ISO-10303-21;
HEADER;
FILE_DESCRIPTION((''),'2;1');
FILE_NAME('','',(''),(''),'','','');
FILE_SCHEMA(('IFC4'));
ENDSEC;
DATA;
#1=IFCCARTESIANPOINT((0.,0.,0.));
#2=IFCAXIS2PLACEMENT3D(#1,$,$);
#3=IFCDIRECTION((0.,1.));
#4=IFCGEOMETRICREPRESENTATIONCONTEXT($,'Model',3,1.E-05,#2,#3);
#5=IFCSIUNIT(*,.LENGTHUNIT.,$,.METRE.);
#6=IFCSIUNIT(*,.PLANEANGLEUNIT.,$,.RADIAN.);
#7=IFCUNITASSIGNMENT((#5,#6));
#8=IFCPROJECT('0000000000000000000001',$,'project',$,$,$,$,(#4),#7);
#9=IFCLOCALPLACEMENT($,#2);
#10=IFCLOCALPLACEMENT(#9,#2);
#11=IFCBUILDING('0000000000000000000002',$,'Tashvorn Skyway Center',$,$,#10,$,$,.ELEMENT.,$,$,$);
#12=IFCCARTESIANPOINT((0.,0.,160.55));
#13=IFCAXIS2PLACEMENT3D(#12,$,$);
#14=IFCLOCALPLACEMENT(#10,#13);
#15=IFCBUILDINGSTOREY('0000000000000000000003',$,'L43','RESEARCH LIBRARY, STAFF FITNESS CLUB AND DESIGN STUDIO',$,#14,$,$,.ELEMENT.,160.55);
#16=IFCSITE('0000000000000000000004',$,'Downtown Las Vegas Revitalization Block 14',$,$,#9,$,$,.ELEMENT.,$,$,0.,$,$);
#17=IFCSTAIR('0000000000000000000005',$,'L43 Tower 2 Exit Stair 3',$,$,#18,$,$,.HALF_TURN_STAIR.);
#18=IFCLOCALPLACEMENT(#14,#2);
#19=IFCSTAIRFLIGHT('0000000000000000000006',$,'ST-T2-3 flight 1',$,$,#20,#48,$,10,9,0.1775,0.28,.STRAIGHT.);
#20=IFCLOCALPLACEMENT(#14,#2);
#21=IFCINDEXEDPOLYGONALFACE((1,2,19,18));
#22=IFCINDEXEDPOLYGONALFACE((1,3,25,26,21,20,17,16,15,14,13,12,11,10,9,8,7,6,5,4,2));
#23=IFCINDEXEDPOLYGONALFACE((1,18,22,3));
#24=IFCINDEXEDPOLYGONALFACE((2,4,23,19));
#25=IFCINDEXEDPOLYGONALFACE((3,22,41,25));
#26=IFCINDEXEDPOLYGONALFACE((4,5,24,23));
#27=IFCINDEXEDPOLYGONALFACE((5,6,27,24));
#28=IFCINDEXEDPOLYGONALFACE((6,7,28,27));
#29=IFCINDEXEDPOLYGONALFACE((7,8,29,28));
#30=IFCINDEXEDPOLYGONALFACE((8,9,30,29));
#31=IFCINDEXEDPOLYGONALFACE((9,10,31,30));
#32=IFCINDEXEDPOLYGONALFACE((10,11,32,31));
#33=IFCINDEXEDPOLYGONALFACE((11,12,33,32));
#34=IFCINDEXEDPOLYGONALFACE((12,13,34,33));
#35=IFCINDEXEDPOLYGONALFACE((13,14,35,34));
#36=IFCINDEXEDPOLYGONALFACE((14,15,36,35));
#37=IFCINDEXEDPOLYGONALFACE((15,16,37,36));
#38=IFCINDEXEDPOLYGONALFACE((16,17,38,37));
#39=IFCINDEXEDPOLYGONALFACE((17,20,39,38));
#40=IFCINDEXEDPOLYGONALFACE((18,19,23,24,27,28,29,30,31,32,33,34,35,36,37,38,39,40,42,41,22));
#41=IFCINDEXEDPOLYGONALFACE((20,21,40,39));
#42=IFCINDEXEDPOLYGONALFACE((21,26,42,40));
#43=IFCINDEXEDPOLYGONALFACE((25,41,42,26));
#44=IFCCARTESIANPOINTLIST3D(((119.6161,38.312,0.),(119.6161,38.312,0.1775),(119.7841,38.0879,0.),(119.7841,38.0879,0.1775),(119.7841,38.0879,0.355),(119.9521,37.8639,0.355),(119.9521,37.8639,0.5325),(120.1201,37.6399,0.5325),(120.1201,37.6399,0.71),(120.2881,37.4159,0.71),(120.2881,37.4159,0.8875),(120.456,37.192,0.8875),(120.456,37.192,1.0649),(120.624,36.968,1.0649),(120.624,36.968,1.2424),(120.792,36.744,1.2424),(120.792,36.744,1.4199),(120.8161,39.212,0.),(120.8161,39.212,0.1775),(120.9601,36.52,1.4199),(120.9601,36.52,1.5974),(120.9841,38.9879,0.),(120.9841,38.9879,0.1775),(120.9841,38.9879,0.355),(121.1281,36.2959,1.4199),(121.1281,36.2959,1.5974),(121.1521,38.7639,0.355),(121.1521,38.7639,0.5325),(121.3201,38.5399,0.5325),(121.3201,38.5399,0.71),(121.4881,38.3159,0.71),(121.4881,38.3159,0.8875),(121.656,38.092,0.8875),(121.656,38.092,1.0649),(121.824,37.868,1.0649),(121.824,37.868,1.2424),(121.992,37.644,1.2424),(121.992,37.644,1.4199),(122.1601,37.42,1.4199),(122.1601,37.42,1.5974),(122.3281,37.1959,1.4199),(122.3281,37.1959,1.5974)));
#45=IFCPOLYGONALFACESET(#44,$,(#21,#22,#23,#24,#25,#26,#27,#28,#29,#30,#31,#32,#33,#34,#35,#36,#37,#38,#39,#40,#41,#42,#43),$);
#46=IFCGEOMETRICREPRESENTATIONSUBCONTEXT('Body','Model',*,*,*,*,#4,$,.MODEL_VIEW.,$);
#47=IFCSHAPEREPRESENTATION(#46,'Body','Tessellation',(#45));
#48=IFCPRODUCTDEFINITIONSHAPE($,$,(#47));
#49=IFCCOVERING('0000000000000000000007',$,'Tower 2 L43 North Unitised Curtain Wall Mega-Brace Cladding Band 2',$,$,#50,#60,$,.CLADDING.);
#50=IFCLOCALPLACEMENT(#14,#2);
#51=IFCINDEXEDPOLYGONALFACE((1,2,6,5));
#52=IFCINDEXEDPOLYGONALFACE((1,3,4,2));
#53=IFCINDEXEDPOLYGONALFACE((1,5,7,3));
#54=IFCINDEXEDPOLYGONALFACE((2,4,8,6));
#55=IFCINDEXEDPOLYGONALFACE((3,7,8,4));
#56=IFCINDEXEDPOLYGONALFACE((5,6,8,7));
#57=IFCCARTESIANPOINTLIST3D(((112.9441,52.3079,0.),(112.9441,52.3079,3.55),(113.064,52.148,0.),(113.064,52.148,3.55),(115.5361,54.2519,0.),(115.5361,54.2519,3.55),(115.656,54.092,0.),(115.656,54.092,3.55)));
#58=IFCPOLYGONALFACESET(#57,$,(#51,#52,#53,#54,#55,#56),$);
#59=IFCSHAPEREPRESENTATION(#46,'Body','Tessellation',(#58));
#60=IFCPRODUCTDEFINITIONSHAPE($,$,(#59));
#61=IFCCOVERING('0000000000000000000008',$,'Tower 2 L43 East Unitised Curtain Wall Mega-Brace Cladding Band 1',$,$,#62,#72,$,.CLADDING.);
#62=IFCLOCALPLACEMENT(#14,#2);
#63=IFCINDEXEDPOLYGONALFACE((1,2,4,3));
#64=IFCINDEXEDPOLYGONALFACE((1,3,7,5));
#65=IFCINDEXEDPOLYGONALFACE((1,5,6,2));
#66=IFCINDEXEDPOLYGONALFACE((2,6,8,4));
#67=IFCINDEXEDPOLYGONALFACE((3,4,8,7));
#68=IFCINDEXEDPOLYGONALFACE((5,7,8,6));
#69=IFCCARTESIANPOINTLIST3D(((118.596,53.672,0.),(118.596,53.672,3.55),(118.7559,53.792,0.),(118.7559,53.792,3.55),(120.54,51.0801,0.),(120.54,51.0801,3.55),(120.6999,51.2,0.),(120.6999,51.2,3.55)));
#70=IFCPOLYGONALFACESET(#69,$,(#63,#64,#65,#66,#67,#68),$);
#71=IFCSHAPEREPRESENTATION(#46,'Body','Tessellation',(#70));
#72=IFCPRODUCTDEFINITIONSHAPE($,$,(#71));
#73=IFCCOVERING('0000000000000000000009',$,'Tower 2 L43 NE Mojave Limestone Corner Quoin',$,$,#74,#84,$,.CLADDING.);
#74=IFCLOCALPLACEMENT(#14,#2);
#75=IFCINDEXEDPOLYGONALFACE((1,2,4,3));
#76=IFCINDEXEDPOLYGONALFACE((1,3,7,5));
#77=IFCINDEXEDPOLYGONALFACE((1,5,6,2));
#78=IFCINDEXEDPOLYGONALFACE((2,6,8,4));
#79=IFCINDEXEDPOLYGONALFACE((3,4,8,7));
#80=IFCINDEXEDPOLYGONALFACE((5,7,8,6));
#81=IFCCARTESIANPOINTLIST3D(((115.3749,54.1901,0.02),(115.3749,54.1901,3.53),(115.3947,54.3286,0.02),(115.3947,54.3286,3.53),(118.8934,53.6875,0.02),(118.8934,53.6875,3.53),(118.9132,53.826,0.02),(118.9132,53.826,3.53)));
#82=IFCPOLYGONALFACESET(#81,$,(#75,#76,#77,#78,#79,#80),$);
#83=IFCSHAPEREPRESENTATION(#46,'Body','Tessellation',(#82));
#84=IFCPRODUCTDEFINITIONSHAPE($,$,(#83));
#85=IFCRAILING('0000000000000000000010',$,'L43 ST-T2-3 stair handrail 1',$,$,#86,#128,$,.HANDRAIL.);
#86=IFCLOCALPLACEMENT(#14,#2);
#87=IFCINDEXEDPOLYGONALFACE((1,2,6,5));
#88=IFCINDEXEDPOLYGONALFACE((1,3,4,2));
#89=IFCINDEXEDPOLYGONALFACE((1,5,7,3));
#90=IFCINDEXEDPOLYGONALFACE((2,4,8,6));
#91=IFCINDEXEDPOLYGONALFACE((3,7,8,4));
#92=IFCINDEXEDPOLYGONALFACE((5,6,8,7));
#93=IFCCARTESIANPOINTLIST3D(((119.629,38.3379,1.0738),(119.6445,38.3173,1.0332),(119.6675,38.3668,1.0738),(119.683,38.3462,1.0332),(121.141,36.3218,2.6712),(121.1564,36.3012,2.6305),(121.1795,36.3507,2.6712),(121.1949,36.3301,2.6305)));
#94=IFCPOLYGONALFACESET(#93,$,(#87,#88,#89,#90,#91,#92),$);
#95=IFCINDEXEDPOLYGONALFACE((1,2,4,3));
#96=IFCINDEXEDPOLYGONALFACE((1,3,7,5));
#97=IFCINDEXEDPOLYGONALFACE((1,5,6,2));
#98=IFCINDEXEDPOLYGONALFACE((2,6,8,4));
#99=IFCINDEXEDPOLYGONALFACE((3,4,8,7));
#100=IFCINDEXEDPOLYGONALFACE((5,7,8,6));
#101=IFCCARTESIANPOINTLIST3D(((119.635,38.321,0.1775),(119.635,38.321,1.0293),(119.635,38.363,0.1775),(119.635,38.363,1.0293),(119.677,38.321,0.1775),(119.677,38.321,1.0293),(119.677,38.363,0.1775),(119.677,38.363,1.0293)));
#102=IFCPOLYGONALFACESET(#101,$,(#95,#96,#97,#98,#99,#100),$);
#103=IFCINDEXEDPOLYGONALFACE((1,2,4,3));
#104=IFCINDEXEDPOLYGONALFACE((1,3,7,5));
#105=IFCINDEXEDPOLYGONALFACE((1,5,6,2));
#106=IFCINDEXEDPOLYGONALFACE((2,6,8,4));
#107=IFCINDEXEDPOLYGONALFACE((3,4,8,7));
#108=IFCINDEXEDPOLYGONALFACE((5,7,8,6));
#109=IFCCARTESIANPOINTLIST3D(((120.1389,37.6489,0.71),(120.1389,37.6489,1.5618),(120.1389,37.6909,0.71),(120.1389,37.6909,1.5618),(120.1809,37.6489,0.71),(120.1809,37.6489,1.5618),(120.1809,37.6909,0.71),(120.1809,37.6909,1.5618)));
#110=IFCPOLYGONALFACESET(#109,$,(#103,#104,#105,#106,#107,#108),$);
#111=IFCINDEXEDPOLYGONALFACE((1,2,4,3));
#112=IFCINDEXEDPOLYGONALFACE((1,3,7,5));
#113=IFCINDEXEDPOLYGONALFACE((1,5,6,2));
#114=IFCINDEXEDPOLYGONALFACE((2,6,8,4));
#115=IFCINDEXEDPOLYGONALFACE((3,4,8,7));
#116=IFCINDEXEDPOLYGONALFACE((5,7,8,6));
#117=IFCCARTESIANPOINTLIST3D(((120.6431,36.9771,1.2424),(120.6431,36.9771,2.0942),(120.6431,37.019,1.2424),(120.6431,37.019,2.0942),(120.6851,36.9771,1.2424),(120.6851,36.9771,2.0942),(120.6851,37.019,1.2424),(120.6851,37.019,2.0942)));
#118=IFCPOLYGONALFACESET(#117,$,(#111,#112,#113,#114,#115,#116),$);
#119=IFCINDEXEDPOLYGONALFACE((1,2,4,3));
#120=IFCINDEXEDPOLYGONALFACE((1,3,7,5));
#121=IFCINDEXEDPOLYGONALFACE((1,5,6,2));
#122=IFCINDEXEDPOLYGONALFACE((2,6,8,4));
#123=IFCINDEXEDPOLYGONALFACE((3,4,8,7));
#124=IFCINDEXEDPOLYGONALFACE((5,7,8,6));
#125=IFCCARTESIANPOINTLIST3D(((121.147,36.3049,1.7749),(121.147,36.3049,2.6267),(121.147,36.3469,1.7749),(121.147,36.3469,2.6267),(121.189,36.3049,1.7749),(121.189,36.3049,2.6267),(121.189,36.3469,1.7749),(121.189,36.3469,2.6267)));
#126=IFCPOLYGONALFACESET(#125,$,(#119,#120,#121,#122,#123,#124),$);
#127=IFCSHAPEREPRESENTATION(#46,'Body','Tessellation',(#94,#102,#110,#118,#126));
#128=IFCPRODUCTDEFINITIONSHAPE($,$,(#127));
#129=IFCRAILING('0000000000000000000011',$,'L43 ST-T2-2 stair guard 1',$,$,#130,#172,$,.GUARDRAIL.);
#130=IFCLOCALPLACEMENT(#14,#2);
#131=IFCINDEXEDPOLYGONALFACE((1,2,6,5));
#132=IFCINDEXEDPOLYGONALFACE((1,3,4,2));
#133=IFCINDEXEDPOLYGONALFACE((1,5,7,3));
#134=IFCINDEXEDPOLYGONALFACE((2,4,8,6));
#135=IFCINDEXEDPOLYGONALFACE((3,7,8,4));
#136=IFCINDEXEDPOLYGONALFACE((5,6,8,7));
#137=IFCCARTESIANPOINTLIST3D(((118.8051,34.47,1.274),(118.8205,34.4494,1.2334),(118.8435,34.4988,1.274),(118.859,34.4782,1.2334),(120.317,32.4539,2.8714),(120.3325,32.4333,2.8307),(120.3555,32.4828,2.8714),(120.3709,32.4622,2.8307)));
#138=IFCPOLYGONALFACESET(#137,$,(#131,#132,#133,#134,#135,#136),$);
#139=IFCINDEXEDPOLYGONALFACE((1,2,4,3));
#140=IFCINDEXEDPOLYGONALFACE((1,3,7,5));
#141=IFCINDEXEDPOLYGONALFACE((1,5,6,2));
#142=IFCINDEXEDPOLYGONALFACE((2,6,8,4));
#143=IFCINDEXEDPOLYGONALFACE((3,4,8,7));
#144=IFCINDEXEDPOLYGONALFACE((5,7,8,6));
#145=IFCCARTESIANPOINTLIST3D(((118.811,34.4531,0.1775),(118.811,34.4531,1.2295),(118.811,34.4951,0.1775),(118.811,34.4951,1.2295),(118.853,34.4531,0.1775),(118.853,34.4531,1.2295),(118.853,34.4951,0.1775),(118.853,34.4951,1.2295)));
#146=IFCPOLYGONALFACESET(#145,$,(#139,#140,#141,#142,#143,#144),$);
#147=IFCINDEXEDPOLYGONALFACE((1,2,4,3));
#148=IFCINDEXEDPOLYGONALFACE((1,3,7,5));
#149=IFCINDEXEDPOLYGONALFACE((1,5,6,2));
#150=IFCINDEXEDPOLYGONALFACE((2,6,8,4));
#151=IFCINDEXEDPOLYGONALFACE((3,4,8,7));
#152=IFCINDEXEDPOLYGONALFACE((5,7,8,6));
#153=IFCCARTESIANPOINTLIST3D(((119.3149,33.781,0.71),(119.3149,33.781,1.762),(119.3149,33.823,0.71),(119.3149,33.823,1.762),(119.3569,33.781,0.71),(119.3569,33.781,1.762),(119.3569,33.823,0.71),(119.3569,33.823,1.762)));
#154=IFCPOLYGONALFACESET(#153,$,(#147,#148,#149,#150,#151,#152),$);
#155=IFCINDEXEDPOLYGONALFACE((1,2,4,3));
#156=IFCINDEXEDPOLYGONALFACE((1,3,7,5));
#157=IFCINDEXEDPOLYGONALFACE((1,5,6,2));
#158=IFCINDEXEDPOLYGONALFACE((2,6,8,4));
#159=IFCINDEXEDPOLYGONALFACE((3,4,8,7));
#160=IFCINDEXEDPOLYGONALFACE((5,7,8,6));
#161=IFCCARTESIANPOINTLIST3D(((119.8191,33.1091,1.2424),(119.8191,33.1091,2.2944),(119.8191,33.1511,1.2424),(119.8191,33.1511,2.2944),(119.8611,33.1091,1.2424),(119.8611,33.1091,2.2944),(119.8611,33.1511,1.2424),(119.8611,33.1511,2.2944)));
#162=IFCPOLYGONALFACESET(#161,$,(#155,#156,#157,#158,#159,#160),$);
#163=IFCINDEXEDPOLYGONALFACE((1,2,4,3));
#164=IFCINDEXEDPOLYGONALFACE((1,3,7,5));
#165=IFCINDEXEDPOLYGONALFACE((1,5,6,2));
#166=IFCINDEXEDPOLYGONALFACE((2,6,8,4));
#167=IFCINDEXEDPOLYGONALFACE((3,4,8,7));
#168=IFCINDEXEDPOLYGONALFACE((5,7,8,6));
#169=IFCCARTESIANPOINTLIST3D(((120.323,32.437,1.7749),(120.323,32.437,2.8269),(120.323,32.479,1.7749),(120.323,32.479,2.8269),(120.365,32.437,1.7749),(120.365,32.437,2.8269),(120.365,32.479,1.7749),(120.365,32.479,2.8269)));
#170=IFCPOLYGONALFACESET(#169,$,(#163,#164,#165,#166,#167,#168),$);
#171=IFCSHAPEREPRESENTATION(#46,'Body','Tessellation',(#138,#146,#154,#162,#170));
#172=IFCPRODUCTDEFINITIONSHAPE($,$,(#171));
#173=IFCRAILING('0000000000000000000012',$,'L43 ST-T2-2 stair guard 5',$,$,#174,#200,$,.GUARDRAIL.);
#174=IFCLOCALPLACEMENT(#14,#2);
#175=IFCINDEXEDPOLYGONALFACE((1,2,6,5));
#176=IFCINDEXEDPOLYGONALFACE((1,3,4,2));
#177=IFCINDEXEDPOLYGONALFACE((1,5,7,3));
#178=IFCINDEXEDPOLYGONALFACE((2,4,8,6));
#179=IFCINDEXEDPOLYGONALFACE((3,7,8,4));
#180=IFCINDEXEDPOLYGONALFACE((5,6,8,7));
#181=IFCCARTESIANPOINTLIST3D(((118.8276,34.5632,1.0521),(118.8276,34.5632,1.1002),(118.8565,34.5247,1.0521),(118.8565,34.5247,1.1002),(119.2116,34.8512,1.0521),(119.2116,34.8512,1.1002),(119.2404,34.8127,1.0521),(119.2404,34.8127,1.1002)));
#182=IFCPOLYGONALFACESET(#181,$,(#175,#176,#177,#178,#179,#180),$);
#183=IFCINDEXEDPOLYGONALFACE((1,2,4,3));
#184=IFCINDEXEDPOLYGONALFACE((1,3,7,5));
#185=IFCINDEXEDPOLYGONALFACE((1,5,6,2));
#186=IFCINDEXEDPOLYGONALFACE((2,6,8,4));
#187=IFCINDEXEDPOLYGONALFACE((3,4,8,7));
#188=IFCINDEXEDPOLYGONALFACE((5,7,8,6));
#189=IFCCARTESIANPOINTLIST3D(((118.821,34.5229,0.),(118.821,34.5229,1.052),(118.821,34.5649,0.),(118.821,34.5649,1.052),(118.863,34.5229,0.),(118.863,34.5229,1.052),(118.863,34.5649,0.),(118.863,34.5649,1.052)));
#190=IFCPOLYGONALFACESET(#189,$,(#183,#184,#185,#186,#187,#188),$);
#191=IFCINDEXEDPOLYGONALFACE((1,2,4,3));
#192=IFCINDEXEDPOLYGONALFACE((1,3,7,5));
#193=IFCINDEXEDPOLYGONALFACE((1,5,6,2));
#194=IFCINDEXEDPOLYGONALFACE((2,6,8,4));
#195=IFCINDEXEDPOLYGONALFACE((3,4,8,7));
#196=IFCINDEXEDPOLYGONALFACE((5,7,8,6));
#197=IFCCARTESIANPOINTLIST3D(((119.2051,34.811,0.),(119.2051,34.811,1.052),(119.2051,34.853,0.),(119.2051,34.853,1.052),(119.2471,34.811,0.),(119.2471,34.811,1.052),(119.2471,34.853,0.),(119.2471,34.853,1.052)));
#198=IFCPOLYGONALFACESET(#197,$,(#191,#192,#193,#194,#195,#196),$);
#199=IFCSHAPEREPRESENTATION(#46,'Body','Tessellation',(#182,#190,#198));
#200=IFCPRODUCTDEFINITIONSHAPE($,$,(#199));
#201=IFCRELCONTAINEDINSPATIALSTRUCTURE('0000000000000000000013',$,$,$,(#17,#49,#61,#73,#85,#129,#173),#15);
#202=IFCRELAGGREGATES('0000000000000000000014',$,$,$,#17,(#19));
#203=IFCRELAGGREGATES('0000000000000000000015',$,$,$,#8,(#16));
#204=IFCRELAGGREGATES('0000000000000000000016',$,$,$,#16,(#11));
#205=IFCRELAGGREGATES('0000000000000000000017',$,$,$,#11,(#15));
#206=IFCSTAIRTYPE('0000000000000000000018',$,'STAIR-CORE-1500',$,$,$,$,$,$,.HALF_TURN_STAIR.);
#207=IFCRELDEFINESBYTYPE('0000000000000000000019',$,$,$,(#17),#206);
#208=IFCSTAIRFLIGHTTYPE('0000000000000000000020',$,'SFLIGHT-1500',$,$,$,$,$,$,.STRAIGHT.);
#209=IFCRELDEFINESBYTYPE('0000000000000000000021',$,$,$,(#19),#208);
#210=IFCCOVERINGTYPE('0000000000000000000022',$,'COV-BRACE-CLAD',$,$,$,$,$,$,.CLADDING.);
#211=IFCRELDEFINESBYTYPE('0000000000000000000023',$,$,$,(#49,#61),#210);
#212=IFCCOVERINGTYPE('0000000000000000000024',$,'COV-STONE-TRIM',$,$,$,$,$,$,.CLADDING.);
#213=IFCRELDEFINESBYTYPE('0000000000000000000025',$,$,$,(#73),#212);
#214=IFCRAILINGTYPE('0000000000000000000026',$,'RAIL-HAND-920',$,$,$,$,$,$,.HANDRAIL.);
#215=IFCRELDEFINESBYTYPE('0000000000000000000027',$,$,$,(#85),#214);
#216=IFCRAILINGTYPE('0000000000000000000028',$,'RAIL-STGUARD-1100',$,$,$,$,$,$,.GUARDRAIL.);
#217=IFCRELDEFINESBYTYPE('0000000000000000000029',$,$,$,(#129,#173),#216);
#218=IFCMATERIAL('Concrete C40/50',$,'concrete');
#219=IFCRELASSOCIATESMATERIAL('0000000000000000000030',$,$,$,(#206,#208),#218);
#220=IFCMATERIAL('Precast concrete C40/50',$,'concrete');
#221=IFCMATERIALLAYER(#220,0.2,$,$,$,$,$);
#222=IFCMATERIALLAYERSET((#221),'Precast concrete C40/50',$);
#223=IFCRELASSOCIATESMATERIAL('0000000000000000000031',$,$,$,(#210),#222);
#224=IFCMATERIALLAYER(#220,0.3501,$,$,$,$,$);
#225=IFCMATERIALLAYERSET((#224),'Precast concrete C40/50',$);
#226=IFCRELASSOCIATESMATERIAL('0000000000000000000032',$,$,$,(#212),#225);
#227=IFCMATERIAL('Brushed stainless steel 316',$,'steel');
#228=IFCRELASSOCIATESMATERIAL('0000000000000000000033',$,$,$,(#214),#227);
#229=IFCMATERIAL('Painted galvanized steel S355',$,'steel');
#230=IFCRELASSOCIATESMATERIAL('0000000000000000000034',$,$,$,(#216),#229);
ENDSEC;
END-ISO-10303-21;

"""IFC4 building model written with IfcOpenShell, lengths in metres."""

from ifc_helpers import new_model, si_unit, direction, frame, origin, origin_2d, place, context, subcontext, project, spatial, polyline, rectangle, outline, extrude, material, layer, layer_set, type_object, element, aggregate, save


model = new_model("IFC4")

# Units and contexts
model_context = context("Model", 3, precision=1e-05, world=origin(), true_north=direction((0.0, 1.0)))
body_context = subcontext(model_context, "Body", "Model", "MODEL_VIEW")
ifc_project = project(units=[si_unit("LENGTHUNIT", "METRE"), si_unit("PLANEANGLEUNIT", "RADIAN")], contexts=[model_context])

# Site, building, storey
site_placement = place(None, origin())
site = spatial("IfcSite", under=ifc_project, at=site_placement, Name="Downtown Las Vegas Revitalization Block 14", CompositionType="ELEMENT", RefElevation=0.0)
building_placement = place(site_placement, origin())
building = spatial("IfcBuilding", under=site, at=building_placement, Name="Tashvorn Skyway Center", CompositionType="ELEMENT")
storey_placement = place(building_placement, frame((0.0, 0.0, 160.55)))
storey = spatial("IfcBuildingStorey", under=building, at=storey_placement, Name="L43", Description="RESEARCH LIBRARY, STAFF FITNESS CLUB AND DESIGN STUDIO", CompositionType="ELEMENT", Elevation=160.55)

# Shared definitions
ifc_material_1 = material(Name="Precast concrete C40/50", Category="concrete")
ifc_material_2 = material(Name="Concrete C40/50", Category="concrete")

# Stair, stair flight
stair_type = type_object("IfcStairType", Name="STAIR-CORE-1500", PredefinedType="HALF_TURN_STAIR", material=ifc_material_2)
stair_placement = place(storey_placement, origin())
stair = element("IfcStair", 1, at=stair_placement, inside=storey, type_object=stair_type, Name="L43 Tower 2 Exit Stair 3", PredefinedType="HALF_TURN_STAIR")
stair_flight_type = type_object("IfcStairFlightType", Name="SFLIGHT-1500", PredefinedType="STRAIGHT", material=ifc_material_2)
stair_flight_placement = place(storey_placement, frame((120.2161, 38.762, 0.0), z_axis=(0.0, 0.0, 1.0), x_axis=(0.6, -0.8, 0.0)))
stair_flight = element("IfcStairFlight", 2, at=stair_flight_placement, type_object=stair_flight_type, Name="ST-T2-3 flight 1", NumberOfRisers=10, NumberOfTreads=9, PredefinedType="STRAIGHT", RiserHeight=0.1775, TreadLength=0.28, context=body_context, shape_type="SweptSolid", body=[
    extrude(outline(polyline([(0.0, 0.0), (0.0, 0.1775), (0.28, 0.1775), (0.28, 0.355), (0.5601, 0.355), (0.5601, 0.5325), (0.8401, 0.5325), (0.8401, 0.71), (1.1201, 0.71), (1.1201, 0.8875), (1.3999, 0.8875), (1.3999, 1.0649), (1.6799, 1.0649), (1.6799, 1.2424), (1.96, 1.2424), (1.96, 1.4199), (2.24, 1.4199), (2.24, 1.5974), (2.52, 1.5974), (2.52, 1.7749), (2.52, 1.4199), (0.28, 0.0), (0.0, 0.0)])), frame((0.0, 0.75, 0.0), z_axis=(0.0, -1.0, 0.0), x_axis=(1.0, 0.0, 0.0)), (0.0, 0.0, 1.0), 1.5),
])
aggregate(stair, [stair_flight])

# Coverings
ifc_layer_1 = layer(ifc_material_1, 0.2)
ifc_layer_set_1 = layer_set([ifc_layer_1], Name="Precast concrete C40/50")
covering_type_1 = type_object("IfcCoveringType", Name="COV-BRACE-CLAD", PredefinedType="CLADDING", material=ifc_layer_set_1)
for number, where, z_axis, x_axis, name in (
    (3, (114.3, 53.2, 0.0), (0.0, 0.0, 1.0), (0.8, 0.6, 0.0), "Tower 2 L43 North Unitised Curtain Wall Mega-Brace Cladding Band 2"),
    (4, (119.6479, 52.436, 0.0), (0.0, 0.0, 1.0), (0.6, -0.8, 0.0), "Tower 2 L43 East Unitised Curtain Wall Mega-Brace Cladding Band 1"),
):
    element("IfcCovering", number, at=place(storey_placement, frame(where, z_axis=z_axis, x_axis=x_axis)), inside=storey, type_object=covering_type_1, Name=name, PredefinedType="CLADDING", context=body_context, shape_type="SweptSolid", body=[
        extrude(rectangle(XDim=3.24, YDim=0.2, at=origin_2d()), origin(), (0.0, 0.0, 1.0), 3.55),
    ])
ifc_layer_2 = layer(ifc_material_1, 0.3501)
ifc_layer_set_2 = layer_set([ifc_layer_2], Name="Precast concrete C40/50")
covering_type_2 = type_object("IfcCoveringType", Name="COV-STONE-TRIM", PredefinedType="CLADDING", material=ifc_layer_set_2)
covering_placement = place(storey_placement, frame((117.144, 54.0081, 0.02), z_axis=(0.0, 0.0, 1.0), x_axis=(0.989949, -0.141421, 0.0)))
element("IfcCovering", 5, at=covering_placement, inside=storey, type_object=covering_type_2, Name="Tower 2 L43 NE Mojave Limestone Corner Quoin", PredefinedType="CLADDING", context=body_context, shape_type="SweptSolid", body=[
    extrude(rectangle(XDim=3.5542, YDim=0.1399, at=origin_2d()), origin(), (0.0, 0.0, 1.0), 3.51),
])

# Railings
ifc_material_3 = material(Name="Brushed stainless steel 316", Category="steel")
railing_type_1 = type_object("IfcRailingType", Name="RAIL-HAND-920", PredefinedType="HANDRAIL", material=ifc_material_3)
railing_1_placement = place(storey_placement, frame((119.656, 38.342, 0.1775)))
element("IfcRailing", 6, at=railing_1_placement, inside=storey, type_object=railing_type_1, Name="L43 ST-T2-3 stair handrail 1", PredefinedType="HANDRAIL", context=body_context, shape_type="SweptSolid", body=[
    extrude(rectangle(XDim=0.0481, YDim=0.0481, at=origin_2d()), frame((0.0, 0.0, 0.876), z_axis=(0.506741, -0.675709, 0.535379), x_axis=(0.800023, 0.599969, 0.0)), (0.0, 0.0, 1.0), 2.9836),
    extrude(rectangle(XDim=0.042, YDim=0.042, at=origin_2d()), origin(), (0.0, 0.0, 1.0), 0.8518),
    extrude(rectangle(XDim=0.042, YDim=0.042, at=origin_2d()), frame((0.5039, -0.6721, 0.5325)), (0.0, 0.0, 1.0), 0.8518),
    extrude(rectangle(XDim=0.042, YDim=0.042, at=origin_2d()), frame((1.0081, -1.344, 1.0649)), (0.0, 0.0, 1.0), 0.8518),
    extrude(rectangle(XDim=0.042, YDim=0.042, at=origin_2d()), frame((1.512, -2.0161, 1.5974)), (0.0, 0.0, 1.0), 0.8518),
])
ifc_material_4 = material(Name="Painted galvanized steel S355", Category="steel")
railing_type_2 = type_object("IfcRailingType", Name="RAIL-STGUARD-1100", PredefinedType="GUARDRAIL", material=ifc_material_4)
railing_2_placement = place(storey_placement, frame((118.832, 34.4741, 0.1775)))
element("IfcRailing", 7, at=railing_2_placement, inside=storey, type_object=railing_type_2, Name="L43 ST-T2-2 stair guard 1", PredefinedType="GUARDRAIL", context=body_context, shape_type="SweptSolid", body=[
    extrude(rectangle(XDim=0.0481, YDim=0.0481, at=origin_2d()), frame((0.0, 0.0, 1.0762), z_axis=(0.506741, -0.675709, 0.535379), x_axis=(0.800023, 0.599969, 0.0)), (0.0, 0.0, 1.0), 2.9836),
    extrude(rectangle(XDim=0.042, YDim=0.042, at=origin_2d()), origin(), (0.0, 0.0, 1.0), 1.052),
    extrude(rectangle(XDim=0.042, YDim=0.042, at=origin_2d()), frame((0.5039, -0.6721, 0.5325)), (0.0, 0.0, 1.0), 1.052),
    extrude(rectangle(XDim=0.042, YDim=0.042, at=origin_2d()), frame((1.0081, -1.344, 1.0649)), (0.0, 0.0, 1.0), 1.052),
    extrude(rectangle(XDim=0.042, YDim=0.042, at=origin_2d()), frame((1.512, -2.0161, 1.5974)), (0.0, 0.0, 1.0), 1.052),
])
railing_3_placement = place(storey_placement, frame((118.842, 34.5439, 0.0)))
element("IfcRailing", 8, at=railing_3_placement, inside=storey, type_object=railing_type_2, Name="L43 ST-T2-2 stair guard 5", PredefinedType="GUARDRAIL", context=body_context, shape_type="SweptSolid", body=[
    extrude(rectangle(XDim=0.0481, YDim=0.0481, at=origin_2d()), frame((0.0, 0.0, 1.0762), z_axis=(0.799939, 0.600081, 0.0), x_axis=(-0.600081, 0.799939, 0.0)), (0.0, 0.0, 1.0), 0.48),
    extrude(rectangle(XDim=0.042, YDim=0.042, at=origin_2d()), origin(), (0.0, 0.0, 1.0), 1.052),
    extrude(rectangle(XDim=0.042, YDim=0.042, at=origin_2d()), frame((0.384, 0.2881, 0.0)), (0.0, 0.0, 1.0), 1.052),
])

save(model, "model.ifc")
